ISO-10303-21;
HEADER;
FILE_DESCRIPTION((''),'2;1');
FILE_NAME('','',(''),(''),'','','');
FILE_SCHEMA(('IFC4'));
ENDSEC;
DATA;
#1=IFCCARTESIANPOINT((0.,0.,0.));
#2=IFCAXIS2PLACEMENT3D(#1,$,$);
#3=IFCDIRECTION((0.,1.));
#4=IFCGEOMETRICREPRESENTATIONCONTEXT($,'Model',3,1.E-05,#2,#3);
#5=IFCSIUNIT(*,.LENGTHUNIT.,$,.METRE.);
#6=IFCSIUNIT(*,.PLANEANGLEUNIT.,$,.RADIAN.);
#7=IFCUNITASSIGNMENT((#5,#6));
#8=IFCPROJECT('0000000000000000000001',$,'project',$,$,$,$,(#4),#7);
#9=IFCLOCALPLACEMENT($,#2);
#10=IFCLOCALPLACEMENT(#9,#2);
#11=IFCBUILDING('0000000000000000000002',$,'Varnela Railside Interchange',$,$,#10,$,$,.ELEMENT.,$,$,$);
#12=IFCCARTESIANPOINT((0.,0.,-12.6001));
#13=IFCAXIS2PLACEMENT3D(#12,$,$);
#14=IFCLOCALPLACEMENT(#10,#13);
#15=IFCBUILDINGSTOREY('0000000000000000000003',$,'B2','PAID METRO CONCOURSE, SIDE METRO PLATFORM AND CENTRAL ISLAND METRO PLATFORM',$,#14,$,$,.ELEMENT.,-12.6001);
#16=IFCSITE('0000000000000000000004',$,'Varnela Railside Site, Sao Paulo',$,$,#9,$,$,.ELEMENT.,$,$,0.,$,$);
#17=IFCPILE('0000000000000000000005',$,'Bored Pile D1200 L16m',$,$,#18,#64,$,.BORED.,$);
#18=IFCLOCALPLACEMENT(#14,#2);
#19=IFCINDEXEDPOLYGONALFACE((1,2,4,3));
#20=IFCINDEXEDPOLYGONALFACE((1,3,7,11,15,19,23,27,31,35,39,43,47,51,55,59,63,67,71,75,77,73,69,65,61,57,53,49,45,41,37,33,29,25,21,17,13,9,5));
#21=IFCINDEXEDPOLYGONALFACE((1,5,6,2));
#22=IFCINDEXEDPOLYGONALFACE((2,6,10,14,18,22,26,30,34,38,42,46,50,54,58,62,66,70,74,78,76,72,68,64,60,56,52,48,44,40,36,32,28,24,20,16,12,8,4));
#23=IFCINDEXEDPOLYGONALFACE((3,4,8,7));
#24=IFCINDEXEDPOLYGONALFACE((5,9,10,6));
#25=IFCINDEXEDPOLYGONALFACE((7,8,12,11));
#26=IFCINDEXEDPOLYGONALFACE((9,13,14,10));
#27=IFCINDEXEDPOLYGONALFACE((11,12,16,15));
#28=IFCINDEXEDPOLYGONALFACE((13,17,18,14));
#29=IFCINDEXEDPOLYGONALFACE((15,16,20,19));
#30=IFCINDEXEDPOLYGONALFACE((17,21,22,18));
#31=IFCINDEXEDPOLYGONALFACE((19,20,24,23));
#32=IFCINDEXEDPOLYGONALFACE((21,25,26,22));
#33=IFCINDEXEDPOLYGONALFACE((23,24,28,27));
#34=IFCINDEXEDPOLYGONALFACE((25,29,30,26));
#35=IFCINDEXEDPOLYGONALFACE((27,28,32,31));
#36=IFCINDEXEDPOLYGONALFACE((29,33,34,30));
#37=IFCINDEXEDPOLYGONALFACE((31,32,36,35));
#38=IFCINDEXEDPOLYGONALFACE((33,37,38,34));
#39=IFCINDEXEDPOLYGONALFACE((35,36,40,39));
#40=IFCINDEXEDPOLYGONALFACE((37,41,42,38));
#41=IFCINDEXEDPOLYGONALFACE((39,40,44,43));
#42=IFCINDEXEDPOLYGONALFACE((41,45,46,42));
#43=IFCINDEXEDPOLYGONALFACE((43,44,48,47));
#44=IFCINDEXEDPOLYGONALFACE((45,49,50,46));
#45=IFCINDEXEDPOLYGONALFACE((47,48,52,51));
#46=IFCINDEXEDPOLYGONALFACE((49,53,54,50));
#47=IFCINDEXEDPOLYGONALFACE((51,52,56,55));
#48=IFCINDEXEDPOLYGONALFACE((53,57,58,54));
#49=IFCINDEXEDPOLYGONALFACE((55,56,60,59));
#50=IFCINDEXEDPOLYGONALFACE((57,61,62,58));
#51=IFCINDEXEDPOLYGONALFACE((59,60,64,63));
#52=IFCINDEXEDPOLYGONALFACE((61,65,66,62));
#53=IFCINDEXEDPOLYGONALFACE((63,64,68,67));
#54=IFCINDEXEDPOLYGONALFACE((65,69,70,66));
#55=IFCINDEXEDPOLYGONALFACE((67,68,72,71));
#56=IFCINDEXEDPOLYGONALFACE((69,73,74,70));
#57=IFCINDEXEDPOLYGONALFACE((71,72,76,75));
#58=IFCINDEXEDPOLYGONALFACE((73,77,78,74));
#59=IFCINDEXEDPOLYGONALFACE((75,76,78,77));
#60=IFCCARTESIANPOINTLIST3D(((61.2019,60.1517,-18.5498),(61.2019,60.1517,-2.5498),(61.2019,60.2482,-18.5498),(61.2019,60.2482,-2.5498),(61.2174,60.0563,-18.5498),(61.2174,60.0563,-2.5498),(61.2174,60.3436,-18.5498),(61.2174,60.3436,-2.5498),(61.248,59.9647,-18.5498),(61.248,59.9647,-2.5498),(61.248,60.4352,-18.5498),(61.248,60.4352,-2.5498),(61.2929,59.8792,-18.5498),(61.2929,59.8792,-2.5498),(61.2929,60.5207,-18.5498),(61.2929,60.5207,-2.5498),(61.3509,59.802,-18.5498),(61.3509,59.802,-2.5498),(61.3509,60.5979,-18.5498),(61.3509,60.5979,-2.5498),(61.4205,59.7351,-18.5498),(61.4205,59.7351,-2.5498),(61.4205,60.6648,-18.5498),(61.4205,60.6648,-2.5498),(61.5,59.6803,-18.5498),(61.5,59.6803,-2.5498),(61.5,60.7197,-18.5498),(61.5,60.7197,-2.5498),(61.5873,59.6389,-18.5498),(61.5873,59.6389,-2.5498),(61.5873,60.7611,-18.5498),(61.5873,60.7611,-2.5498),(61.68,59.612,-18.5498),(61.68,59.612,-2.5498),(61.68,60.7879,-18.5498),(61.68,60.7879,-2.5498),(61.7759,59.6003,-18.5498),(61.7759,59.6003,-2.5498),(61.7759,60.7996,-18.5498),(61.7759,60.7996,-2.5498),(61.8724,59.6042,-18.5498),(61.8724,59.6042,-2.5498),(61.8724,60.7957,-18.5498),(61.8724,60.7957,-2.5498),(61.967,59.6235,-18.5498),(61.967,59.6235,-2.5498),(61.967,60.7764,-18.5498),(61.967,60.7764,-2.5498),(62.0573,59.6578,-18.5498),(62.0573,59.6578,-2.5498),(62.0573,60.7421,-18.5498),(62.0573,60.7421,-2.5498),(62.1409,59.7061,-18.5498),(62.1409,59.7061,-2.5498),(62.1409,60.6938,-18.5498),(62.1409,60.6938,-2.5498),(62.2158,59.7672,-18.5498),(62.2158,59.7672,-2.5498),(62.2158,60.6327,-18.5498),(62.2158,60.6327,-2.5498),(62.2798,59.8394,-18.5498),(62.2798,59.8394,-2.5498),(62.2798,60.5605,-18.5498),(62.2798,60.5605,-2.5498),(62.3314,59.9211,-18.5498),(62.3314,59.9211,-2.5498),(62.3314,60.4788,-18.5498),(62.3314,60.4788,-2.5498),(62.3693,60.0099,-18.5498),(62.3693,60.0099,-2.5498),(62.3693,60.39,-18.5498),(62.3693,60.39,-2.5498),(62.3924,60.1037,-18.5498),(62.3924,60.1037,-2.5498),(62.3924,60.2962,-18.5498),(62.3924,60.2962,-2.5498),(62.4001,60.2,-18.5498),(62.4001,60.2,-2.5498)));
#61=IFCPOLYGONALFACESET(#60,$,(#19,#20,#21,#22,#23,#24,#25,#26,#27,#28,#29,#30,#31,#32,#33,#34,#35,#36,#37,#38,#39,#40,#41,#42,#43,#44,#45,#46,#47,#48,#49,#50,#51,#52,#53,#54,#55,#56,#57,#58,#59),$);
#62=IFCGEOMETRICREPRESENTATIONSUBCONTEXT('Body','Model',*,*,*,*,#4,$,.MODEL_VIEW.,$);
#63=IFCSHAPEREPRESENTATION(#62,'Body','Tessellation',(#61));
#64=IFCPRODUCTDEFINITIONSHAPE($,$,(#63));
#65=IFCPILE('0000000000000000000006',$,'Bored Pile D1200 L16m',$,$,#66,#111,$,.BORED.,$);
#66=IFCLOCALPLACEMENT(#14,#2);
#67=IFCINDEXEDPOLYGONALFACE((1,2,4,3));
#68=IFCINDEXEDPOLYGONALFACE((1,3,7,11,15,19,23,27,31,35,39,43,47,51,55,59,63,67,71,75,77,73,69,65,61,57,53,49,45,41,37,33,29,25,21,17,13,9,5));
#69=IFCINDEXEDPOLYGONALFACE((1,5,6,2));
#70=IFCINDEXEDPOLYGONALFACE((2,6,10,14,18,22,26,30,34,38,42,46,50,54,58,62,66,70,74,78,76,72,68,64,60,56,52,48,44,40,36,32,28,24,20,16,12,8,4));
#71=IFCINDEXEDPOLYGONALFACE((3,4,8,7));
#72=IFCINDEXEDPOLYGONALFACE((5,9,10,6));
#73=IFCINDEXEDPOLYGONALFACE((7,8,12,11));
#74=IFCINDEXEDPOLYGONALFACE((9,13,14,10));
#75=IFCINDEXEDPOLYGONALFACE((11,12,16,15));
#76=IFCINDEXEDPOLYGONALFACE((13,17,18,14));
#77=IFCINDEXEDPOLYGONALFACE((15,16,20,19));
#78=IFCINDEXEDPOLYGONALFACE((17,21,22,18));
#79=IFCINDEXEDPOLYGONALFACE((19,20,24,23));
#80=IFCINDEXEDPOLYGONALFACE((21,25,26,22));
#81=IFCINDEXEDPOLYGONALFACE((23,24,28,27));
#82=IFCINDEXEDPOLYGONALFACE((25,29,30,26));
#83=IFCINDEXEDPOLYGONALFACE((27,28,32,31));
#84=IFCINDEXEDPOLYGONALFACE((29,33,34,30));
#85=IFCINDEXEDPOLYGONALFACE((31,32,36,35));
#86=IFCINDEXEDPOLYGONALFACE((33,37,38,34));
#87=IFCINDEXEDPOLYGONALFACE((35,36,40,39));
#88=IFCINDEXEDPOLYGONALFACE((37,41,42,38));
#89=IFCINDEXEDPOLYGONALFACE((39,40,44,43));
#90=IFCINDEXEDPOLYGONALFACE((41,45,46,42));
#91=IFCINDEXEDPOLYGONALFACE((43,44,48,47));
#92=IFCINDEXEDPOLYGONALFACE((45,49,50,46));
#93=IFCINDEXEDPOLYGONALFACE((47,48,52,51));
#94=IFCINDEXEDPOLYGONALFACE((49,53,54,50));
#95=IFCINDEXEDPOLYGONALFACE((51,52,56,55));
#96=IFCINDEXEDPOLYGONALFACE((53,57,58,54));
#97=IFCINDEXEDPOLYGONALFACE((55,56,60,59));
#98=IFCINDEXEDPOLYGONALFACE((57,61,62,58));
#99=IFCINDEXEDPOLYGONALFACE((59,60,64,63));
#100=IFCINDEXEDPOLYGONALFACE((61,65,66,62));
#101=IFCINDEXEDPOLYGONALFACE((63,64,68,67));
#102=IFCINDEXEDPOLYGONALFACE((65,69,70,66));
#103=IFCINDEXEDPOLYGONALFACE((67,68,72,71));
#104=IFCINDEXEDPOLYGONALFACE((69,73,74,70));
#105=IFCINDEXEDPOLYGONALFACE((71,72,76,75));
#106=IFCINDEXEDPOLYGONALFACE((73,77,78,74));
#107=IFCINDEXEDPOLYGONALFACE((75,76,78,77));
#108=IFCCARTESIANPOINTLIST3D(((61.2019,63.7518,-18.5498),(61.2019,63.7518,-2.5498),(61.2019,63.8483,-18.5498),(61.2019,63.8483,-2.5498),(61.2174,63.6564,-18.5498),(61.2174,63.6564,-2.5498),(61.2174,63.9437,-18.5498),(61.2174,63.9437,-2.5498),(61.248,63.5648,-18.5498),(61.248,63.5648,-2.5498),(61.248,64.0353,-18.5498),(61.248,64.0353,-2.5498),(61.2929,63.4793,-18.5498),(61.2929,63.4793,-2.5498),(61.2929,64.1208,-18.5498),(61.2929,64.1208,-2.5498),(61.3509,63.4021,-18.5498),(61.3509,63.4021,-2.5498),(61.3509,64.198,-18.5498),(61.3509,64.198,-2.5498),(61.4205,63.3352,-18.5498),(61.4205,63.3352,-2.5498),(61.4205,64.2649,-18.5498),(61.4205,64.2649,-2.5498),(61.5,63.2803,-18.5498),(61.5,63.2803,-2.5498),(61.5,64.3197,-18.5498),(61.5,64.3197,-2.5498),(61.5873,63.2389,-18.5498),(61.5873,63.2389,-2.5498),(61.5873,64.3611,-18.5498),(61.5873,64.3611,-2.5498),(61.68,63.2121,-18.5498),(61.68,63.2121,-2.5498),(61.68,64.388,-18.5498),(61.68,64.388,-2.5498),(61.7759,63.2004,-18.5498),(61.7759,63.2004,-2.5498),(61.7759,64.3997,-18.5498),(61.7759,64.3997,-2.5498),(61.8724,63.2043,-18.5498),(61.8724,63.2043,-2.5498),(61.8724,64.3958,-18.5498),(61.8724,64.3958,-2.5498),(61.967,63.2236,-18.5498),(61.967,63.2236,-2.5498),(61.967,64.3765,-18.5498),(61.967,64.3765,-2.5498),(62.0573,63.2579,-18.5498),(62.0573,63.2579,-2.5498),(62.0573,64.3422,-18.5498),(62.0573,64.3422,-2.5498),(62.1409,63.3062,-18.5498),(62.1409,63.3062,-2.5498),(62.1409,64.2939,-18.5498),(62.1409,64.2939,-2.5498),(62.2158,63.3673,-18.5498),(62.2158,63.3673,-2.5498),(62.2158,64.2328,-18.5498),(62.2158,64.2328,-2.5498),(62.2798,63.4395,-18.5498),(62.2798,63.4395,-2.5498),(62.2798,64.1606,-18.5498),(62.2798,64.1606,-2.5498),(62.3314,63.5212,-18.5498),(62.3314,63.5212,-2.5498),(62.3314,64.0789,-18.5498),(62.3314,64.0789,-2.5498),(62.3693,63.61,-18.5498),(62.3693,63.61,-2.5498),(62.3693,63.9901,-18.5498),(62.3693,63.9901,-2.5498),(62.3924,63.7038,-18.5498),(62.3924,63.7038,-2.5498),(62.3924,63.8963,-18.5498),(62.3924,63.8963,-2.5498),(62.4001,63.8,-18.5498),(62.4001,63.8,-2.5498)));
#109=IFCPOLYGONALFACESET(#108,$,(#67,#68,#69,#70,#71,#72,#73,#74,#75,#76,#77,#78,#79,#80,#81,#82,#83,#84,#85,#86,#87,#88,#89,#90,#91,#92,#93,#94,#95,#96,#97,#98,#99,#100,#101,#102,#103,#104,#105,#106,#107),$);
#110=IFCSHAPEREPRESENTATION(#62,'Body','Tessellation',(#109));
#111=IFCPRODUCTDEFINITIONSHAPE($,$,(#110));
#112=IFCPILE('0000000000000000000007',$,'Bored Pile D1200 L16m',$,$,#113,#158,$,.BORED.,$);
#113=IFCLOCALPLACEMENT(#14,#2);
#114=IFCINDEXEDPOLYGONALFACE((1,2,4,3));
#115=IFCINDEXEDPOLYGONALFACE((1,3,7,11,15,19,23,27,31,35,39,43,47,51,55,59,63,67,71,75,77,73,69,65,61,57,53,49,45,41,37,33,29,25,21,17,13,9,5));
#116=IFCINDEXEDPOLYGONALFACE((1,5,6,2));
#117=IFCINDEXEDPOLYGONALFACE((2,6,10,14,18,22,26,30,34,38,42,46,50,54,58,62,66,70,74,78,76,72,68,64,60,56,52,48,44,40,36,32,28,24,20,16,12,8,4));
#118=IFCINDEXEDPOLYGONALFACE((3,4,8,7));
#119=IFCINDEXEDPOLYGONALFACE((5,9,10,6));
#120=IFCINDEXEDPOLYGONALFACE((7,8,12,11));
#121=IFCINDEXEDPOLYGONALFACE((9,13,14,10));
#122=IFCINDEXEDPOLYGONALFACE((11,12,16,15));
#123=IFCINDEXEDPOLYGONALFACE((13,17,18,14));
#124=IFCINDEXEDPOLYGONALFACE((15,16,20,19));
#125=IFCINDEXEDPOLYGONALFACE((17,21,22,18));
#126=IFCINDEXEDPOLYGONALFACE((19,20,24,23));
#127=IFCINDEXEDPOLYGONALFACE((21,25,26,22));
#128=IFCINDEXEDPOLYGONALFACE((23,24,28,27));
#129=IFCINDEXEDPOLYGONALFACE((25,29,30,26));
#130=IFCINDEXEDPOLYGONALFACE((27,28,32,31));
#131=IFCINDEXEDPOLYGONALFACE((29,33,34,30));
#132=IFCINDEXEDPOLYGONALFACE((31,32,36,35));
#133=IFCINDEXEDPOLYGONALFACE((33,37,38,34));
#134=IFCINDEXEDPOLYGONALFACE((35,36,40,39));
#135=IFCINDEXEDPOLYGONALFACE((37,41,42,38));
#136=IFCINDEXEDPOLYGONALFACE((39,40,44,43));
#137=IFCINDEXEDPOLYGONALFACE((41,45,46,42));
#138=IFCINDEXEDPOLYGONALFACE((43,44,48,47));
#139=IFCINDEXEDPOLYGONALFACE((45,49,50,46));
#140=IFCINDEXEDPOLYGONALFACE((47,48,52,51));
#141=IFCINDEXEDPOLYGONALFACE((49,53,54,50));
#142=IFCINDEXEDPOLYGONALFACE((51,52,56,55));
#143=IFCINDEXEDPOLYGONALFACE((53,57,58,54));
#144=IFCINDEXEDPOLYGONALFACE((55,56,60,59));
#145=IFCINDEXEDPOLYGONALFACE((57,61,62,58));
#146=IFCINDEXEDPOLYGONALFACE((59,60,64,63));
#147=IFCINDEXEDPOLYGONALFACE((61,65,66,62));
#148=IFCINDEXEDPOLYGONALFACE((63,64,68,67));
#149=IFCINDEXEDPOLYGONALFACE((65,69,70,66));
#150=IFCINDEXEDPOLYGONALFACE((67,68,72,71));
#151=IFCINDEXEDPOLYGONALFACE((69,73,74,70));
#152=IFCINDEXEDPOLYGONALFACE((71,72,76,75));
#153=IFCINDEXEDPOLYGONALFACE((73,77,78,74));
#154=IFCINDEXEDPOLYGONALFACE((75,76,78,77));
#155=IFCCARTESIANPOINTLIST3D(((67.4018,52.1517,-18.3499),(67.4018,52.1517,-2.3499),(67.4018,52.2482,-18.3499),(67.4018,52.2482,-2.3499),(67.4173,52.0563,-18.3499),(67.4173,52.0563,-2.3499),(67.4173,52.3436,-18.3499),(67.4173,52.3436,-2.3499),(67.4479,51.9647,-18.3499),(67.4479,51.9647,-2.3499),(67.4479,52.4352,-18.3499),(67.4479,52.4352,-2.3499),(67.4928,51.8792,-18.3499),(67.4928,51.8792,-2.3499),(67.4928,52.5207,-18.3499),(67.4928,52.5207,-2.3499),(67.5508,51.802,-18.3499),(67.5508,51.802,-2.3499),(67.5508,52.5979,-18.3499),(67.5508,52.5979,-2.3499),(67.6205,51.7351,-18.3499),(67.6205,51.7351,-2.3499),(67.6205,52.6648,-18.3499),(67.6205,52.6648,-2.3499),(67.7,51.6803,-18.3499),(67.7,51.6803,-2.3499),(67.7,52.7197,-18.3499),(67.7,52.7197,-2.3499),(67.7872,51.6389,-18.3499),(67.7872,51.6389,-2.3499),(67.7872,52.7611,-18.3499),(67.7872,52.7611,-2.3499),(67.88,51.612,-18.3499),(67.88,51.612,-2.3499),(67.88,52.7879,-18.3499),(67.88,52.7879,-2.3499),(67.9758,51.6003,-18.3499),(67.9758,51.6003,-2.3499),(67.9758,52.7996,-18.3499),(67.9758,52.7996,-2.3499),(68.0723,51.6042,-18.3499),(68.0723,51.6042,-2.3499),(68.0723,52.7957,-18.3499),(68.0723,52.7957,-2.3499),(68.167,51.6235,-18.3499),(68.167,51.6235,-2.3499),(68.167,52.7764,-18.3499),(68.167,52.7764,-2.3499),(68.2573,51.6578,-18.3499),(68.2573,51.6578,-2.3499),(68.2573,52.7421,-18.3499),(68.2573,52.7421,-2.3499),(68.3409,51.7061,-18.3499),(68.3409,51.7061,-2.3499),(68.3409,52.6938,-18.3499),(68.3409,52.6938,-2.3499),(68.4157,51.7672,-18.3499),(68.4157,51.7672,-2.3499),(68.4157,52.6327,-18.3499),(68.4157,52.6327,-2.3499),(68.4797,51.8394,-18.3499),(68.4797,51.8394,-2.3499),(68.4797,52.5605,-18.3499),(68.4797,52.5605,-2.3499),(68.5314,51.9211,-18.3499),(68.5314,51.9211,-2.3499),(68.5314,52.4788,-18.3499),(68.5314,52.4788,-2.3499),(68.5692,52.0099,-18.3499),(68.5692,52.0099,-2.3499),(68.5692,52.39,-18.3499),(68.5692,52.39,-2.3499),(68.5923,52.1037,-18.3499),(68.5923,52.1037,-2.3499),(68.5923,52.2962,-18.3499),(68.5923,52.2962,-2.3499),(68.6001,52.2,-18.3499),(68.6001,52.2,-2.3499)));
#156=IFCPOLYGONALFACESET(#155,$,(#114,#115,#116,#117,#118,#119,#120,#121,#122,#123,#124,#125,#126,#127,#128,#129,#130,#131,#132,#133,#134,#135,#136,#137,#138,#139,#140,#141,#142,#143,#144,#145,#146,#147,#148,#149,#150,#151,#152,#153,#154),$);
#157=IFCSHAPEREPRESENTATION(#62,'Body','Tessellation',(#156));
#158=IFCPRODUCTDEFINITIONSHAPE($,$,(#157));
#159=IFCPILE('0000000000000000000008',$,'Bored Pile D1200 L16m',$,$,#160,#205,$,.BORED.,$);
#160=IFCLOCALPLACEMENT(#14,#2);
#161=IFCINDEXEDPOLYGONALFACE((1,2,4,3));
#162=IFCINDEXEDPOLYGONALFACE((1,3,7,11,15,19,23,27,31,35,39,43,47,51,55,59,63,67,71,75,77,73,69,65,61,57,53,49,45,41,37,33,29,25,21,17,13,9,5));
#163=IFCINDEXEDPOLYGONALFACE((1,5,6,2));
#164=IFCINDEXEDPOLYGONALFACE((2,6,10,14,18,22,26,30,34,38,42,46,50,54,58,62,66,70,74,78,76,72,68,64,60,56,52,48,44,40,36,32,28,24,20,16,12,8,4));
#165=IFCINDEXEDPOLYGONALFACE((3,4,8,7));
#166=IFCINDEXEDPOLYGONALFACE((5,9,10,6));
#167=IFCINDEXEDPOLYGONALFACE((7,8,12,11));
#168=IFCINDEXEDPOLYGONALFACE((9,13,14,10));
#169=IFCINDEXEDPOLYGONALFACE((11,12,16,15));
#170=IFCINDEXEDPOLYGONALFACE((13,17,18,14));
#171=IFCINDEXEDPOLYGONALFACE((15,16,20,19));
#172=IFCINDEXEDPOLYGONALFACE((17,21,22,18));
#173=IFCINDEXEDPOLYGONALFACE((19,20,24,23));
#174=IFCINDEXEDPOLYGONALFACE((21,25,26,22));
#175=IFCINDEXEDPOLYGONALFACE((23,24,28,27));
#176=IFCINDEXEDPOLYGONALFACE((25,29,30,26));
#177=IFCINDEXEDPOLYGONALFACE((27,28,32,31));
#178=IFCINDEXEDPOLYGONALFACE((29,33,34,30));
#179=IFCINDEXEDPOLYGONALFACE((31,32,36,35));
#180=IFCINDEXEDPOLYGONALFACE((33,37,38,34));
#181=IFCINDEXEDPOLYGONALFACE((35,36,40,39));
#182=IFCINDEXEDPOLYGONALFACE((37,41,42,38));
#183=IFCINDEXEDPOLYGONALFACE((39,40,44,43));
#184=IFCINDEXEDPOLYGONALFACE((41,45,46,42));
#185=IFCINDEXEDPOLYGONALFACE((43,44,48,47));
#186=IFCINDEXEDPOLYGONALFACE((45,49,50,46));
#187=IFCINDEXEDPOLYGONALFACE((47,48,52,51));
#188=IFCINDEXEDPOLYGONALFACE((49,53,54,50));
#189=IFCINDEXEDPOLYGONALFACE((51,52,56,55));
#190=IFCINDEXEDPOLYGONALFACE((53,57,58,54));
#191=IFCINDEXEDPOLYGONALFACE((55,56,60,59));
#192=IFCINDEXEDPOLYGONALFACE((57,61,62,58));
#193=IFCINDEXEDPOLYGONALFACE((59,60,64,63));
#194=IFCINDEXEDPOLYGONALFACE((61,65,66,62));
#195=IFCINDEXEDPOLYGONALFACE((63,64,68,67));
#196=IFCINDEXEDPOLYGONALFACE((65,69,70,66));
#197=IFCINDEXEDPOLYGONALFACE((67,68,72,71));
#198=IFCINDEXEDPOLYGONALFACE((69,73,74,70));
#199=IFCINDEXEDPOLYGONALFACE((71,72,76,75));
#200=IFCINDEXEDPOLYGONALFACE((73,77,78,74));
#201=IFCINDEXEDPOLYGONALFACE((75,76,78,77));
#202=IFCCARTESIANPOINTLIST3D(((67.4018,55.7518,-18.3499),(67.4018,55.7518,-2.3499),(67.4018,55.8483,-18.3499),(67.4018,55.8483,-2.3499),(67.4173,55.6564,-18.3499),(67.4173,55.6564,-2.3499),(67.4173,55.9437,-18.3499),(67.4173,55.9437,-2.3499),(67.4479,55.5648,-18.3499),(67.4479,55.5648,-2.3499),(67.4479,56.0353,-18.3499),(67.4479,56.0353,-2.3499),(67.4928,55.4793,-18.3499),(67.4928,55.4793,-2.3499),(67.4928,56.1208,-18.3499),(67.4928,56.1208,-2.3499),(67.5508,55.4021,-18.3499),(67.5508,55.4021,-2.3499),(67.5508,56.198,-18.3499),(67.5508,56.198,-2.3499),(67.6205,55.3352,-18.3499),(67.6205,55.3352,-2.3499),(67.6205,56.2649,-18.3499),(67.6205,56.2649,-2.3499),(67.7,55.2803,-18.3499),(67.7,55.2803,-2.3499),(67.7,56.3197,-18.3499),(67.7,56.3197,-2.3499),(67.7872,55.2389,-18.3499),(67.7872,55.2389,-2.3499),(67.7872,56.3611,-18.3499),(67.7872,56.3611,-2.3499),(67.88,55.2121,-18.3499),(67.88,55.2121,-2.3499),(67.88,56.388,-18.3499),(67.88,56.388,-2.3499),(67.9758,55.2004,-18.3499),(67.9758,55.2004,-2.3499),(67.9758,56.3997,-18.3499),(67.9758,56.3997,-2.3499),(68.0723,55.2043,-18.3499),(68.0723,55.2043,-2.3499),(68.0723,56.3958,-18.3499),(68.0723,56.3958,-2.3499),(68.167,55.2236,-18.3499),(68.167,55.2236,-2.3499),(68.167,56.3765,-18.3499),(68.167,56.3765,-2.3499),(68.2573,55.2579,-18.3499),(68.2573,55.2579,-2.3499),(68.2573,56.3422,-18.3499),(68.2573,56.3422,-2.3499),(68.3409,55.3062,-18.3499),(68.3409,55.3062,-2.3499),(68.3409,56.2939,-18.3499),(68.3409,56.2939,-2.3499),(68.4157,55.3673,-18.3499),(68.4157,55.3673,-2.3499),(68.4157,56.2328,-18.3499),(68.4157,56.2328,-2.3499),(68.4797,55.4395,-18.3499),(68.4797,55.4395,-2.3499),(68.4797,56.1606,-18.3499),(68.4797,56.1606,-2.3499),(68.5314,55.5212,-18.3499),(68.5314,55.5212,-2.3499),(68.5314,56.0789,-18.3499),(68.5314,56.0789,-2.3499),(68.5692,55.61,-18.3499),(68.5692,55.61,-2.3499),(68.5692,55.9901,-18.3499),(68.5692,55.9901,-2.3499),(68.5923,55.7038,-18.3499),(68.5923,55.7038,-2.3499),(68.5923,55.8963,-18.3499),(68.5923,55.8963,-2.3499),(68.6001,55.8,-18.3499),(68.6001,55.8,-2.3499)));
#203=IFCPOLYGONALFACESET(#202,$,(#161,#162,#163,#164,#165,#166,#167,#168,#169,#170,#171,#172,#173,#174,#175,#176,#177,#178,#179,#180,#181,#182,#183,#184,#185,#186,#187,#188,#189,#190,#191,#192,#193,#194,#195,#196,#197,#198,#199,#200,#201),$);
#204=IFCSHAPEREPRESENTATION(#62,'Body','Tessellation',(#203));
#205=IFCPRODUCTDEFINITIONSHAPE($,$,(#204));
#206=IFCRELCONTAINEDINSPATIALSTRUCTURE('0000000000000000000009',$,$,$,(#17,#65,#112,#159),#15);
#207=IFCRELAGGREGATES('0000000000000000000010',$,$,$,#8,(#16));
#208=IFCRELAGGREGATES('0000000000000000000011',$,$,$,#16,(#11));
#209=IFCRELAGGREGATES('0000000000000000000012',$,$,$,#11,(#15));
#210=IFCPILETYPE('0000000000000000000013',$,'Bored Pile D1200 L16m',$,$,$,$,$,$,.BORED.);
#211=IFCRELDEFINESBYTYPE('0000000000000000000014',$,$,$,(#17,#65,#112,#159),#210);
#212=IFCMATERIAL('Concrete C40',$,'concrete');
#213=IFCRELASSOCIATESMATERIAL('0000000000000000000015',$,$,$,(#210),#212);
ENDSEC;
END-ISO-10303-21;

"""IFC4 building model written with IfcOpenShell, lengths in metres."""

from ifc_helpers import new_model, si_unit, direction, frame, origin, origin_2d, place, context, subcontext, project, spatial, circle, extrude, material, material_profile, profile_set, type_object, element, save


model = new_model("IFC4")

# Units and contexts
model_context = context("Model", 3, precision=1e-05, world=origin(), true_north=direction((0.0, 1.0)))
body_context = subcontext(model_context, "Body", "Model", "MODEL_VIEW")
ifc_project = project(units=[si_unit("LENGTHUNIT", "METRE"), si_unit("PLANEANGLEUNIT", "RADIAN")], contexts=[model_context])

# Site, building, storey
site_placement = place(None, origin())
site = spatial("IfcSite", under=ifc_project, at=site_placement, Name="Varnela Railside Site, Sao Paulo", CompositionType="ELEMENT", RefElevation=0.0)
building_placement = place(site_placement, origin())
building = spatial("IfcBuilding", under=site, at=building_placement, Name="Varnela Railside Interchange", CompositionType="ELEMENT")
storey_placement = place(building_placement, frame((0.0, 0.0, -12.6001)))
storey = spatial("IfcBuildingStorey", under=building, at=storey_placement, Name="B2", Description="PAID METRO CONCOURSE, SIDE METRO PLATFORM AND CENTRAL ISLAND METRO PLATFORM", CompositionType="ELEMENT", Elevation=-12.6001)

# Piles
ifc_material_1 = material(Name="Concrete C40", Category="concrete")
ifc_material_profile_1 = material_profile(ifc_material_1, circle(Radius=0.6001, at=origin_2d()), Name="BORED PILE D1200")
ifc_profile_set_1 = profile_set([ifc_material_profile_1], Name="Concrete C40")
pile_type_1 = type_object("IfcPileType", Name="Bored Pile D1200 L16m", PredefinedType="BORED", material=ifc_profile_set_1)
for number, where, z_axis, x_axis, name in (
    (1, (61.8, 60.2, -2.5498), (0.0, 0.0, -1.0), (1.0, 0.0, 0.0), "Bored Pile D1200 L16m"),
    (2, (61.8, 63.8, -2.5498), (0.0, 0.0, -1.0), (1.0, 0.0, 0.0), "Bored Pile D1200 L16m"),
    (3, (68.0, 52.2, -2.3499), (0.0, 0.0, -1.0), (1.0, 0.0, 0.0), "Bored Pile D1200 L16m"),
    (4, (68.0, 55.8, -2.3499), (0.0, 0.0, -1.0), (1.0, 0.0, 0.0), "Bored Pile D1200 L16m"),
):
    element("IfcPile", number, at=place(storey_placement, frame(where, z_axis=z_axis, x_axis=x_axis)), inside=storey, type_object=pile_type_1, Name=name, PredefinedType="BORED", context=body_context, shape_type="SweptSolid", body=[
        extrude(circle(Radius=0.6001, at=origin_2d()), origin(), (0.0, 0.0, 1.0), 16.0),
    ])

save(model, "model.ifc")
